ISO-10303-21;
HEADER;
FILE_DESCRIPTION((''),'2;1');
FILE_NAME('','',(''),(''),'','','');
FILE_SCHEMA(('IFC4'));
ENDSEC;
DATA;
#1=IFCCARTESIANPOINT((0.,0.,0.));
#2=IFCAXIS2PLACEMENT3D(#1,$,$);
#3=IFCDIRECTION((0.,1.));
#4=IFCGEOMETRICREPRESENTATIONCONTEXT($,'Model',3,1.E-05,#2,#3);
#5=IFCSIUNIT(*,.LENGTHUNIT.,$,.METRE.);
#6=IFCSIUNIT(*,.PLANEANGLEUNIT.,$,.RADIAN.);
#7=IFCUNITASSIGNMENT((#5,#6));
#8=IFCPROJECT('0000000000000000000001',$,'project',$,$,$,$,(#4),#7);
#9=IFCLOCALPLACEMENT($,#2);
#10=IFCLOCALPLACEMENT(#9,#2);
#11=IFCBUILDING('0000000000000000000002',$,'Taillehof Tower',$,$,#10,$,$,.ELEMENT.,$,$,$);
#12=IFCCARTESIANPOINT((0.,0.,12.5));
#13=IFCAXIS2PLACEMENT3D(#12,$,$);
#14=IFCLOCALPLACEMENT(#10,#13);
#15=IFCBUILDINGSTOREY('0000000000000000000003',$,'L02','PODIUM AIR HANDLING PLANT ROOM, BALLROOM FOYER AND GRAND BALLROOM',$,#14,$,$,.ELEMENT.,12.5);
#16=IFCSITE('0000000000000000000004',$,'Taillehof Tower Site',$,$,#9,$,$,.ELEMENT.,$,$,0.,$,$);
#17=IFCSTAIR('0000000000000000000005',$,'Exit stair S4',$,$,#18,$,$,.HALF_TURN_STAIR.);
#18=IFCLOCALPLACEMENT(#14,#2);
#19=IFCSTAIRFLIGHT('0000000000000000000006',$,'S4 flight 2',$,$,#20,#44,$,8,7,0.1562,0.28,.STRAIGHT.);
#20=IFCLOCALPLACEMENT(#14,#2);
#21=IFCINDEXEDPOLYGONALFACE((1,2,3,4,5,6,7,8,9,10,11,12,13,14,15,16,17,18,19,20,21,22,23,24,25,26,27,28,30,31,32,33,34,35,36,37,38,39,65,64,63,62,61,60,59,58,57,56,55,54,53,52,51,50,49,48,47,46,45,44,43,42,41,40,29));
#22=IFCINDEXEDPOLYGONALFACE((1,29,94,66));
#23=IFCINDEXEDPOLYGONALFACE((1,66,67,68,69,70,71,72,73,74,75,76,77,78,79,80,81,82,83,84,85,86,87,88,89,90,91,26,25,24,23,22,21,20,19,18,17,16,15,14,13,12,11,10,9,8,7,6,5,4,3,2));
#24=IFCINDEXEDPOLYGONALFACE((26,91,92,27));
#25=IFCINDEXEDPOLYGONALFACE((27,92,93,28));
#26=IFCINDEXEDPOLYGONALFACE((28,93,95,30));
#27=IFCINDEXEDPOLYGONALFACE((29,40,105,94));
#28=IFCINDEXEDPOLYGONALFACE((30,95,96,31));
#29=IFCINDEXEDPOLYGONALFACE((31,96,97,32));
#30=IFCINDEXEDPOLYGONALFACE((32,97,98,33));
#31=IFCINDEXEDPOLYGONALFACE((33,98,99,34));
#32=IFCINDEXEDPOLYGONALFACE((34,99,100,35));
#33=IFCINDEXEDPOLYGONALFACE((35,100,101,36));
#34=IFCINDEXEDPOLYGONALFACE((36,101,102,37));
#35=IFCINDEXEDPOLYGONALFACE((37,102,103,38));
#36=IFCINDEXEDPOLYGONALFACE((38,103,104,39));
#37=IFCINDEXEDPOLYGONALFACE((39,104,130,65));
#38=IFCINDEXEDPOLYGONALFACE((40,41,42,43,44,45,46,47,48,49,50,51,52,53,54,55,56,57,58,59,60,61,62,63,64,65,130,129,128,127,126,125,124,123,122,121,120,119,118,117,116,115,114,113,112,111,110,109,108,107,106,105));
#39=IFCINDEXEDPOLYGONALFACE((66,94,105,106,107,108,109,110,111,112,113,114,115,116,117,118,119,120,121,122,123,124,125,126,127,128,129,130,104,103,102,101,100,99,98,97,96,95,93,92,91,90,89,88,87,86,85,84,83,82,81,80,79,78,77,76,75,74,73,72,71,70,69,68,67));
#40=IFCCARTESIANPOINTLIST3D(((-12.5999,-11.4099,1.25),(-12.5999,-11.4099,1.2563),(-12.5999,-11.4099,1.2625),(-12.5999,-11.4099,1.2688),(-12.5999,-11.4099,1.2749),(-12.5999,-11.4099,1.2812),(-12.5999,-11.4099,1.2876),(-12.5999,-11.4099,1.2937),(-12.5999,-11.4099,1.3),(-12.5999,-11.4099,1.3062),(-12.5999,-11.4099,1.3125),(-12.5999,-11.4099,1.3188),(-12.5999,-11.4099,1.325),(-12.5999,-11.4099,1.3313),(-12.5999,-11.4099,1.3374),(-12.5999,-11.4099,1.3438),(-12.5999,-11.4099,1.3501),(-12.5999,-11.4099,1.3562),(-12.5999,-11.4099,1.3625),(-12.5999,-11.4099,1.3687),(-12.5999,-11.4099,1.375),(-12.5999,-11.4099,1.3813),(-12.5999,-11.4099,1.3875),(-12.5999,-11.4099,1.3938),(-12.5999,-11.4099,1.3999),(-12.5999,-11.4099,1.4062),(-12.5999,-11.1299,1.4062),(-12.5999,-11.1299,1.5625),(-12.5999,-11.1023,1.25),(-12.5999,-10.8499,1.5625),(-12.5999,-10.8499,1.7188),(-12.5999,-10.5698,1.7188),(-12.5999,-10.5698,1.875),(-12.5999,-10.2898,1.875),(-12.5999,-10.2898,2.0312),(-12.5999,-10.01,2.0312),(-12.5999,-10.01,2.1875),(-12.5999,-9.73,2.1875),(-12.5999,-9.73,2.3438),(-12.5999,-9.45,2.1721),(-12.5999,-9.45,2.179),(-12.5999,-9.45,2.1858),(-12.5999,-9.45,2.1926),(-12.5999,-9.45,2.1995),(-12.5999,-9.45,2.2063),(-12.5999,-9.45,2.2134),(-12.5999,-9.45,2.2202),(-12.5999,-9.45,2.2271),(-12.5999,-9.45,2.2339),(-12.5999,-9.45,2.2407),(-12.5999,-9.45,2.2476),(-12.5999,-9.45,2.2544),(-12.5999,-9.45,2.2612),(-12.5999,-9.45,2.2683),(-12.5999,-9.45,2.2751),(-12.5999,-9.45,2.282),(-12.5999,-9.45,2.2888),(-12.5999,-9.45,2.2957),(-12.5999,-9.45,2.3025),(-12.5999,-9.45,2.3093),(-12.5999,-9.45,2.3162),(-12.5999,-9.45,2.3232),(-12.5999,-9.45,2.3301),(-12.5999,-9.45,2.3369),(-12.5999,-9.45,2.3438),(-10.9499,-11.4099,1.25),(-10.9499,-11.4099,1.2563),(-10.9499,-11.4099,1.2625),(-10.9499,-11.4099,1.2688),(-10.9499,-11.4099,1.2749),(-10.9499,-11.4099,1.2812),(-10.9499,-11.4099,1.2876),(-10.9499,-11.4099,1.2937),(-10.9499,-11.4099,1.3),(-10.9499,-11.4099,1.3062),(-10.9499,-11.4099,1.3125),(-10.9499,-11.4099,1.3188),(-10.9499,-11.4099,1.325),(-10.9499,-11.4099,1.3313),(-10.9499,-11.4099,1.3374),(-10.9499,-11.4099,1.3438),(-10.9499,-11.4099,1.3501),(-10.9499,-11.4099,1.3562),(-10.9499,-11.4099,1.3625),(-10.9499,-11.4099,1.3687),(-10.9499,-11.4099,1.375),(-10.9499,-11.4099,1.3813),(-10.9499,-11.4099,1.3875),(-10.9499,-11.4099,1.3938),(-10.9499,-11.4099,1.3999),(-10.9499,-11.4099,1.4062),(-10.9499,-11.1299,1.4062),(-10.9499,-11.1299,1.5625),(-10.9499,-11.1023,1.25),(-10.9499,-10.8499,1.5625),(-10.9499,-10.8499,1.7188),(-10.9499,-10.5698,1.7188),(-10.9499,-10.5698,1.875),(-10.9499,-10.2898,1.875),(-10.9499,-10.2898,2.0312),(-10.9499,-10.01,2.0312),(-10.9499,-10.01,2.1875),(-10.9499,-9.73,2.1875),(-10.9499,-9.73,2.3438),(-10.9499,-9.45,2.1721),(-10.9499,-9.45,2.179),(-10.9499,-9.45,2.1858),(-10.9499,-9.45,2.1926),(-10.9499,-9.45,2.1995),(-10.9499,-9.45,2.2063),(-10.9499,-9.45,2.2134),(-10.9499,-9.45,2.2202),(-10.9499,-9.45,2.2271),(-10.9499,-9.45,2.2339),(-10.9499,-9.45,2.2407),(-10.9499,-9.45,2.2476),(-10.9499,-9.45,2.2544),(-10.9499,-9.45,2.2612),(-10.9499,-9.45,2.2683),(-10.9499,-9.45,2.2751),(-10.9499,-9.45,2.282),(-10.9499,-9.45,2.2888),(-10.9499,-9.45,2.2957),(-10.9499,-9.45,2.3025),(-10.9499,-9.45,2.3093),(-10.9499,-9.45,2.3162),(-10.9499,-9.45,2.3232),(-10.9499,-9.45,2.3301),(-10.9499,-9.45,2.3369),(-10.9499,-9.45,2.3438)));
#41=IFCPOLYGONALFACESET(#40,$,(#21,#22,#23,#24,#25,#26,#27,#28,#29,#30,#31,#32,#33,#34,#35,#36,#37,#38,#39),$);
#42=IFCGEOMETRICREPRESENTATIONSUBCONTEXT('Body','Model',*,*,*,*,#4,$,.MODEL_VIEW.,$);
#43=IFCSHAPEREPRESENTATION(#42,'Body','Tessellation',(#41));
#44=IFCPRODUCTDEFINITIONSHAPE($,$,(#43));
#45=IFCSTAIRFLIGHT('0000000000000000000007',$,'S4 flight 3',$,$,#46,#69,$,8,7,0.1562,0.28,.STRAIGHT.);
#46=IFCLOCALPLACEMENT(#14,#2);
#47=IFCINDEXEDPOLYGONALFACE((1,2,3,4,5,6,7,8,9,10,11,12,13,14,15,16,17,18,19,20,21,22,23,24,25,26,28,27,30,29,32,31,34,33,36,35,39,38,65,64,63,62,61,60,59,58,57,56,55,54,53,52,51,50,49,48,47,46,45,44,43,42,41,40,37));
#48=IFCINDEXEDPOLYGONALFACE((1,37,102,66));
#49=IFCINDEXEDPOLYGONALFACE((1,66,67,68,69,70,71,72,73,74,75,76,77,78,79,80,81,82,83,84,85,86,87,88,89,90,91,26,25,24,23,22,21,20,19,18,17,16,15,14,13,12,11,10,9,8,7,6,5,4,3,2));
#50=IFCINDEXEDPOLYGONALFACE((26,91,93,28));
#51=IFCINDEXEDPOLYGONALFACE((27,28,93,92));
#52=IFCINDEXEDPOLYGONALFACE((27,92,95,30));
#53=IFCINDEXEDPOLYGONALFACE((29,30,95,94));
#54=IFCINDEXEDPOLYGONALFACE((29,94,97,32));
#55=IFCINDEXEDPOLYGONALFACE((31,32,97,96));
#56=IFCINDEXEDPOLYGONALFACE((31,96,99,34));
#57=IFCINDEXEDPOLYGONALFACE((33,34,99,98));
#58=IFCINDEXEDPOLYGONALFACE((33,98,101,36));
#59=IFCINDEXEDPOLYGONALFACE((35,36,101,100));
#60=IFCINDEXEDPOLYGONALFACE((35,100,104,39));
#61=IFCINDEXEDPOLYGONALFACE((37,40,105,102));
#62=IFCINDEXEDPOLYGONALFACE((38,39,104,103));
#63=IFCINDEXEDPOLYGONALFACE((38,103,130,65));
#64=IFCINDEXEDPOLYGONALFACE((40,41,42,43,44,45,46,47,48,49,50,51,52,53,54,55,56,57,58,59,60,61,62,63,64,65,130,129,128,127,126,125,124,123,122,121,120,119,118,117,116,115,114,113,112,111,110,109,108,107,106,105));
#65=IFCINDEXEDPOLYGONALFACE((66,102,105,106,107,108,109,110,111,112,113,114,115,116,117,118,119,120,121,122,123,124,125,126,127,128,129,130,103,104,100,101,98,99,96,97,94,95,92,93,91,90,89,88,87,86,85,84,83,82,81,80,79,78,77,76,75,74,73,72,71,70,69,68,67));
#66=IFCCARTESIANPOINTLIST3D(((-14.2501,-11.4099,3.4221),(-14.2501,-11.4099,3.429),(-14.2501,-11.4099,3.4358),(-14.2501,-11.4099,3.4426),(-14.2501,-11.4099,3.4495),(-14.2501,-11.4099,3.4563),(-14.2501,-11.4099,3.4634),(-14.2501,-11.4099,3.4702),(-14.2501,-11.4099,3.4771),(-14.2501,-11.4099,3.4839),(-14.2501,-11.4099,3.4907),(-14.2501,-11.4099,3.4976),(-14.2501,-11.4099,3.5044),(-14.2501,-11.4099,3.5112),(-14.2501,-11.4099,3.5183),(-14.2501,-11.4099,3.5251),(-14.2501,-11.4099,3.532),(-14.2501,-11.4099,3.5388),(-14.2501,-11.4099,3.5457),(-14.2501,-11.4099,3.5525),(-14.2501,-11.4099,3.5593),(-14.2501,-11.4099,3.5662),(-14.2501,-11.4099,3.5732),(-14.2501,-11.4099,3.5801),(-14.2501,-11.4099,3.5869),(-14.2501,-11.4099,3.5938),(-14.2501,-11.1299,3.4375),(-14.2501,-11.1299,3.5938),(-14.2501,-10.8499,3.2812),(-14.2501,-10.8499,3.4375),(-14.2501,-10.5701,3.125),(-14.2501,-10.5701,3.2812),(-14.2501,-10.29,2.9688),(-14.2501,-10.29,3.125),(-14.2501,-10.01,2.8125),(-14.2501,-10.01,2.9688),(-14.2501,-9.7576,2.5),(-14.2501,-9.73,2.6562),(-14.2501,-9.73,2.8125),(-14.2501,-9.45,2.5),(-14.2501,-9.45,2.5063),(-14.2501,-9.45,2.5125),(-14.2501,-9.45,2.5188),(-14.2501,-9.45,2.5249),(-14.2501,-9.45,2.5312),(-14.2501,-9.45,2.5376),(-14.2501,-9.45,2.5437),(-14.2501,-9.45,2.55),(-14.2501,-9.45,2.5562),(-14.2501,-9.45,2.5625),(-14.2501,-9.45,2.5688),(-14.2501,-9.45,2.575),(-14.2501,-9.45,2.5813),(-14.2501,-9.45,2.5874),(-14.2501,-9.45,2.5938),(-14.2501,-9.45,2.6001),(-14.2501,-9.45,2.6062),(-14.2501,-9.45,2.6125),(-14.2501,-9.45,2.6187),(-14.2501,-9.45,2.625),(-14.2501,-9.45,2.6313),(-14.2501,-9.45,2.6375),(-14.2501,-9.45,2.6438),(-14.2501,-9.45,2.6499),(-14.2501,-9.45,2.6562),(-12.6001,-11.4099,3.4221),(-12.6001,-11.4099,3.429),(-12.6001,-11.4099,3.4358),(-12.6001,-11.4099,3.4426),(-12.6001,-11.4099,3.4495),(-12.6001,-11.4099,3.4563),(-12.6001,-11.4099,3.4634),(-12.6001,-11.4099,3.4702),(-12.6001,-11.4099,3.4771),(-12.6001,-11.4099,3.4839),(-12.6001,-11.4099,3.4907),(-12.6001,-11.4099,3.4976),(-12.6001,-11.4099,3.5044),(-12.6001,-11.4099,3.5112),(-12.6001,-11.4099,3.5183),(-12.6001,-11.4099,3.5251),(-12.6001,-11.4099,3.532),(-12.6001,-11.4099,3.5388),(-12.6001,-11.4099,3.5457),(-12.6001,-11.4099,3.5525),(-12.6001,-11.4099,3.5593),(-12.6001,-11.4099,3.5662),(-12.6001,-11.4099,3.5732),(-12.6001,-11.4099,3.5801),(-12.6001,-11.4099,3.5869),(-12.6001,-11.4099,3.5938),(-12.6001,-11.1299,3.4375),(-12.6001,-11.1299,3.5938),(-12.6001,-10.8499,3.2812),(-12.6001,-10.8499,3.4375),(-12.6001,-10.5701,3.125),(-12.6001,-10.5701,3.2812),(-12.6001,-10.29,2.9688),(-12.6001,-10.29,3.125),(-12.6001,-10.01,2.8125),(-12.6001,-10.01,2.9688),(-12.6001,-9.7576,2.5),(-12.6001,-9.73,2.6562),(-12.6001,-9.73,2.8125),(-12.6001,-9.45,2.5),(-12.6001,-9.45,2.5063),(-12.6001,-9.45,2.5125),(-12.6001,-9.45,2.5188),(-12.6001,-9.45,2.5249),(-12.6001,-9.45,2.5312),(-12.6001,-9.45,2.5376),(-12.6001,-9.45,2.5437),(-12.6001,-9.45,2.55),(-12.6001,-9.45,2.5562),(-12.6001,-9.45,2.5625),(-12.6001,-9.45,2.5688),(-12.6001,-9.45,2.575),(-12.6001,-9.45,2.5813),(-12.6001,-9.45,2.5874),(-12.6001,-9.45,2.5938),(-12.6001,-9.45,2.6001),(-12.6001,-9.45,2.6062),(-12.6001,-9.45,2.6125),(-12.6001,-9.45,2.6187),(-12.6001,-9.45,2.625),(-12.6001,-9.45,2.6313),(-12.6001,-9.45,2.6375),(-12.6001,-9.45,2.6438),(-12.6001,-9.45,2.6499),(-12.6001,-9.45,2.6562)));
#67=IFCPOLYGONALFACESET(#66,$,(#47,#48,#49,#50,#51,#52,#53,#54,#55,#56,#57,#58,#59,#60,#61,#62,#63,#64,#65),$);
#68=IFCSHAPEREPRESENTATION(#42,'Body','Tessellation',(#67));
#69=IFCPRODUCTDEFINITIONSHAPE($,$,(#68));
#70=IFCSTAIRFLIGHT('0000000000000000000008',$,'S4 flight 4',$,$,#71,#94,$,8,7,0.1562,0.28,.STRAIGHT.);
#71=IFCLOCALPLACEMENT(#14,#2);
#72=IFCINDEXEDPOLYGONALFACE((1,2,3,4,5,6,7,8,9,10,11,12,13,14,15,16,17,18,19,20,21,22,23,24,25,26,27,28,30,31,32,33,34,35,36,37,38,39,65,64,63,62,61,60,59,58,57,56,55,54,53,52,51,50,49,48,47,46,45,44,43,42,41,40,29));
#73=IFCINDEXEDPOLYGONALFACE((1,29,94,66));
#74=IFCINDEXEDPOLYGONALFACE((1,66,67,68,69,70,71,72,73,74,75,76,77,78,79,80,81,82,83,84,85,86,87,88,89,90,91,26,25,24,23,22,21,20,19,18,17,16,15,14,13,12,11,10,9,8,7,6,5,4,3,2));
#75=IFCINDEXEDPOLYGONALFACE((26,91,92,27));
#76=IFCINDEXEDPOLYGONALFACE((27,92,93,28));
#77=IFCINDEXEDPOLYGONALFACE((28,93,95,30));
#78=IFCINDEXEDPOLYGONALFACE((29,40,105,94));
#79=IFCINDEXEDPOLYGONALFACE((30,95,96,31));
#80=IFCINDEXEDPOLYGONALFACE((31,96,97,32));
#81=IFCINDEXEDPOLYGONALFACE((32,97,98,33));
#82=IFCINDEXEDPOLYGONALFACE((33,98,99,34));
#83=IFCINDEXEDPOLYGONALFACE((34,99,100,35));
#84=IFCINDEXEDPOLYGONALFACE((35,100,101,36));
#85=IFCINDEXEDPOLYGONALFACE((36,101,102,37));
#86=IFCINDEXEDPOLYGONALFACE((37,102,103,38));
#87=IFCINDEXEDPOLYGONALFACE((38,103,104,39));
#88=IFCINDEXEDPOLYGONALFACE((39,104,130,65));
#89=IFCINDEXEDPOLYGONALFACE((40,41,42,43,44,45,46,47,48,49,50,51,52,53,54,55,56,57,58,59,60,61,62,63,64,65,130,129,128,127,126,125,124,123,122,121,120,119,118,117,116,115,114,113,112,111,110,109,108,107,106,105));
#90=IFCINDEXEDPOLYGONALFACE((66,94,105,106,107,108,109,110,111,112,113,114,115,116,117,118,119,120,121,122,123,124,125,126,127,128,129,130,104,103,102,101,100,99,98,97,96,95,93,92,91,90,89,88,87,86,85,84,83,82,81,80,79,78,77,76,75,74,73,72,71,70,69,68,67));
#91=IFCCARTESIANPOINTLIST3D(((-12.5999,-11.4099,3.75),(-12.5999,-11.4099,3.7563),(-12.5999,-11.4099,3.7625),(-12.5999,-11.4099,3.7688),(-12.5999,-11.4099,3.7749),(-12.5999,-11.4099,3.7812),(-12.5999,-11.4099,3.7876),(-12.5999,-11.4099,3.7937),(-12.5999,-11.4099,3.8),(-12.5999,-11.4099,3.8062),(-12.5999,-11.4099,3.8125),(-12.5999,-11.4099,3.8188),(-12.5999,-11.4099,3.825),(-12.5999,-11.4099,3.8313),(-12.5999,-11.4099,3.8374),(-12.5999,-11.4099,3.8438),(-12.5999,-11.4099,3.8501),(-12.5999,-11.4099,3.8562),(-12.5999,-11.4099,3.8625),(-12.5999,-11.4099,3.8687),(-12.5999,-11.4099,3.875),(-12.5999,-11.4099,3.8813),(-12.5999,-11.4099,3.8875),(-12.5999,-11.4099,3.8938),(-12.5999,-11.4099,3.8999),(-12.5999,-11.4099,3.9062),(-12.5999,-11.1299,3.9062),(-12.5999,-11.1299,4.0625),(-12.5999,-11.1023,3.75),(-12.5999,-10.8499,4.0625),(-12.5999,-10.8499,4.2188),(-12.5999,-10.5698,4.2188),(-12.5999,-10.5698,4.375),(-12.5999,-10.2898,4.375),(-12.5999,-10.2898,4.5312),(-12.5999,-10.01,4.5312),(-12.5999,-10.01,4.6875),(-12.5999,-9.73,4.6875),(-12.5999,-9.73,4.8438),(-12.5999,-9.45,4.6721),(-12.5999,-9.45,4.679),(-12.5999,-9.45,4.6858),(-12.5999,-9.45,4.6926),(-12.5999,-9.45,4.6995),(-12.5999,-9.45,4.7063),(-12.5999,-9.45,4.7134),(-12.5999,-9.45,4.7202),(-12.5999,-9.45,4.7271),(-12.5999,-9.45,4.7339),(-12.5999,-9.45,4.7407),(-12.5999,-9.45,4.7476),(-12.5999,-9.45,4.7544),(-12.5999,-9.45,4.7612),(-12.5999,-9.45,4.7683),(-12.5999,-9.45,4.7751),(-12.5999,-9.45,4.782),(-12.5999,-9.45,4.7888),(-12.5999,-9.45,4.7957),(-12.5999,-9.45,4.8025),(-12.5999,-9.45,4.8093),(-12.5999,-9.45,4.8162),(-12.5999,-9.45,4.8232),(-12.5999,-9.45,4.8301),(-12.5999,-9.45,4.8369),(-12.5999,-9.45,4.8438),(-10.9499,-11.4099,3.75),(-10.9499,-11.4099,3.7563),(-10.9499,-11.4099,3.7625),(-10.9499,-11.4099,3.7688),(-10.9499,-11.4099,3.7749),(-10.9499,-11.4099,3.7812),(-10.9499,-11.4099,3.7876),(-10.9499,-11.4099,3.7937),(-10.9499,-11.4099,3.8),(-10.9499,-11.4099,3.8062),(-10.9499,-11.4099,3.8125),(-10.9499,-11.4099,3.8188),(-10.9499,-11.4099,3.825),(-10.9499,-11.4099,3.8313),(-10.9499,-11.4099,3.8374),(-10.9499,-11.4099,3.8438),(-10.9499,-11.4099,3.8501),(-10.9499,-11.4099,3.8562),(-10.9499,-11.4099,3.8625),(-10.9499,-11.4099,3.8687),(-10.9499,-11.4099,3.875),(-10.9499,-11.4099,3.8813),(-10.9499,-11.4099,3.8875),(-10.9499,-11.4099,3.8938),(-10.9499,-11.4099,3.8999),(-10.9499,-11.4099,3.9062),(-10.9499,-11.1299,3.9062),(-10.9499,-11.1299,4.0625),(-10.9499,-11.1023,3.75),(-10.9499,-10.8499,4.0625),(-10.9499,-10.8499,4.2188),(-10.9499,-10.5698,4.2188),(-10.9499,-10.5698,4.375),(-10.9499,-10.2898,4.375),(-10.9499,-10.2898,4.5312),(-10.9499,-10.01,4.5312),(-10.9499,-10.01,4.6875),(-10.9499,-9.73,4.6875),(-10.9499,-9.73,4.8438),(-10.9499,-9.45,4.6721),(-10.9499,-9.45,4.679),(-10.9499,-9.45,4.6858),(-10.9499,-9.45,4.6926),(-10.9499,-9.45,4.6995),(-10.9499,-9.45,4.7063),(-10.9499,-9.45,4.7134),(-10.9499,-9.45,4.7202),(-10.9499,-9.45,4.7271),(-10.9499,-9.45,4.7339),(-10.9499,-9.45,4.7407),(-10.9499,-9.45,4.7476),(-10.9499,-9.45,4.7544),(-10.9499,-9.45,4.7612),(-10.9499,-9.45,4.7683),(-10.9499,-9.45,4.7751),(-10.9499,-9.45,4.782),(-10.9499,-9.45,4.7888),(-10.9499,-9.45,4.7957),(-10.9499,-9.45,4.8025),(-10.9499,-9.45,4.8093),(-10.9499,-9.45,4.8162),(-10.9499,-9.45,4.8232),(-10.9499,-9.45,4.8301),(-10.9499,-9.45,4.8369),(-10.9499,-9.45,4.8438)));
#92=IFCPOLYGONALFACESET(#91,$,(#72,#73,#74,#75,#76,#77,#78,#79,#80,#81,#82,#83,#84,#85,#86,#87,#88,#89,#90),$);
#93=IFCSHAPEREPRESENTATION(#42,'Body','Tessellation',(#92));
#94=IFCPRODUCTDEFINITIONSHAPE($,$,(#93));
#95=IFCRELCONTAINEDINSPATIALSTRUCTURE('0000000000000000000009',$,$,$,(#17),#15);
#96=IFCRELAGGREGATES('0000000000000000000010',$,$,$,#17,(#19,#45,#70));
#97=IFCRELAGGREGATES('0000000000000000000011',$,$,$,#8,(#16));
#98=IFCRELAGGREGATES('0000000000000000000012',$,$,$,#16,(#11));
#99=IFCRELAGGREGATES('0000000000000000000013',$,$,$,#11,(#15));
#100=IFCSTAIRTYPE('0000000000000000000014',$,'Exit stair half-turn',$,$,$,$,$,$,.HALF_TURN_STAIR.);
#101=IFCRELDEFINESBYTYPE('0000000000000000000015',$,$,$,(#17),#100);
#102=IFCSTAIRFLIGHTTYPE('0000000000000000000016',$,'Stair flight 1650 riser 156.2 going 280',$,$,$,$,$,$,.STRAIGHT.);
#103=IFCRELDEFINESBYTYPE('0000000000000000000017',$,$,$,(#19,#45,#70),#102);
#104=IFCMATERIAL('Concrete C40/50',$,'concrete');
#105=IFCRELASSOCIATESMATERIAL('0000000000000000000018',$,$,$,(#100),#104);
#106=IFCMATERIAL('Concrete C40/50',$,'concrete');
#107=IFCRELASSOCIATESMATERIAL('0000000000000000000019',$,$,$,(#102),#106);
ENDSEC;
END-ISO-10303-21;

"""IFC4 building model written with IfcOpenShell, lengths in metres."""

from ifc_helpers import new_model, si_unit, direction, frame, origin, place, context, subcontext, project, spatial, polyline, outline, extrude, material, type_object, element, aggregate, save


model = new_model("IFC4")

# Units and contexts
model_context = context("Model", 3, precision=1e-05, world=origin(), true_north=direction((0.0, 1.0)))
body_context = subcontext(model_context, "Body", "Model", "MODEL_VIEW")
ifc_project = project(units=[si_unit("LENGTHUNIT", "METRE"), si_unit("PLANEANGLEUNIT", "RADIAN")], contexts=[model_context])

# Site, building, storey
site_placement = place(None, origin())
site = spatial("IfcSite", under=ifc_project, at=site_placement, Name="Taillehof Tower Site", CompositionType="ELEMENT", RefElevation=0.0)
building_placement = place(site_placement, origin())
building = spatial("IfcBuilding", under=site, at=building_placement, Name="Taillehof Tower", CompositionType="ELEMENT")
storey_placement = place(building_placement, frame((0.0, 0.0, 12.5)))
storey = spatial("IfcBuildingStorey", under=building, at=storey_placement, Name="L02", Description="PODIUM AIR HANDLING PLANT ROOM, BALLROOM FOYER AND GRAND BALLROOM", CompositionType="ELEMENT", Elevation=12.5)

# Stair, stair flights
ifc_material_1 = material(Name="Concrete C40/50", Category="concrete")
stair_type = type_object("IfcStairType", Name="Exit stair half-turn", PredefinedType="HALF_TURN_STAIR", material=ifc_material_1)
stair_placement = place(storey_placement, origin())
stair = element("IfcStair", 1, at=stair_placement, inside=storey, type_object=stair_type, Name="Exit stair S4", PredefinedType="HALF_TURN_STAIR")
ifc_material_2 = material(Name="Concrete C40/50", Category="concrete")
stair_flight_type = type_object("IfcStairFlightType", Name="Stair flight 1650 riser 156.2 going 280", PredefinedType="STRAIGHT", material=ifc_material_2)
stair_flight_1_placement = place(storey_placement, frame((-11.7749, -11.4099, 1.25), z_axis=(0.0, 0.0, 1.0), x_axis=(0.0, 1.0, 0.0)))
stair_flight_1 = element("IfcStairFlight", 2, at=stair_flight_1_placement, type_object=stair_flight_type, Name="S4 flight 2", NumberOfRisers=8, NumberOfTreads=7, PredefinedType="STRAIGHT", RiserHeight=0.1562, TreadLength=0.28, context=body_context, shape_type="SweptSolid", body=[
    extrude(outline(polyline([(0.0, 0.0), (0.0, 0.0063), (0.0, 0.0125), (0.0, 0.0188), (0.0, 0.0249), (0.0, 0.0312), (0.0, 0.0376), (0.0, 0.0437), (0.0, 0.05), (0.0, 0.0562), (0.0, 0.0625), (0.0, 0.0688), (0.0, 0.075), (0.0, 0.0813), (0.0, 0.0874), (0.0, 0.0938), (0.0, 0.1001), (0.0, 0.1062), (0.0, 0.1125), (0.0, 0.1187), (0.0, 0.125), (0.0, 0.1313), (0.0, 0.1375), (0.0, 0.1438), (0.0, 0.1499), (0.0, 0.1562), (0.28, 0.1562), (0.28, 0.3125), (0.5601, 0.3125), (0.5601, 0.4688), (0.8401, 0.4688), (0.8401, 0.625), (1.1201, 0.625), (1.1201, 0.7812), (1.3999, 0.7812), (1.3999, 0.9375), (1.6799, 0.9375), (1.6799, 1.0938), (1.96, 1.0938), (1.96, 1.0869), (1.96, 1.0801), (1.96, 1.0732), (1.96, 1.0662), (1.96, 1.0593), (1.96, 1.0525), (1.96, 1.0457), (1.96, 1.0388), (1.96, 1.032), (1.96, 1.0251), (1.96, 1.0183), (1.96, 1.0112), (1.96, 1.0044), (1.96, 0.9976), (1.96, 0.9907), (1.96, 0.9839), (1.96, 0.9771), (1.96, 0.9702), (1.96, 0.9634), (1.96, 0.9563), (1.96, 0.9495), (1.96, 0.9426), (1.96, 0.9358), (1.96, 0.929), (1.96, 0.9221), (0.3076, 0.0), (0.0, 0.0)])), frame((0.0, 0.825, 0.0), z_axis=(0.0, -1.0, 0.0), x_axis=(1.0, 0.0, 0.0)), (0.0, 0.0, 1.0), 1.65),
])
stair_flight_2_placement = place(storey_placement, frame((-13.425, -9.45, 2.5), z_axis=(0.0, 0.0, 1.0), x_axis=(0.0, -1.0, 0.0)))
stair_flight_2 = element("IfcStairFlight", 3, at=stair_flight_2_placement, type_object=stair_flight_type, Name="S4 flight 3", NumberOfRisers=8, NumberOfTreads=7, PredefinedType="STRAIGHT", RiserHeight=0.1562, TreadLength=0.28, context=body_context, shape_type="SweptSolid", body=[
    extrude(outline(polyline([(0.0, 0.0), (0.0, 0.0063), (0.0, 0.0125), (0.0, 0.0188), (0.0, 0.0249), (0.0, 0.0312), (0.0, 0.0376), (0.0, 0.0437), (0.0, 0.05), (0.0, 0.0562), (0.0, 0.0625), (0.0, 0.0688), (0.0, 0.075), (0.0, 0.0813), (0.0, 0.0874), (0.0, 0.0938), (0.0, 0.1001), (0.0, 0.1062), (0.0, 0.1125), (0.0, 0.1187), (0.0, 0.125), (0.0, 0.1313), (0.0, 0.1375), (0.0, 0.1438), (0.0, 0.1499), (0.0, 0.1562), (0.28, 0.1562), (0.28, 0.3125), (0.5601, 0.3125), (0.5601, 0.4688), (0.8401, 0.4688), (0.8401, 0.625), (1.1201, 0.625), (1.1201, 0.7812), (1.3999, 0.7812), (1.3999, 0.9375), (1.6799, 0.9375), (1.6799, 1.0938), (1.96, 1.0938), (1.96, 1.0869), (1.96, 1.0801), (1.96, 1.0732), (1.96, 1.0662), (1.96, 1.0593), (1.96, 1.0525), (1.96, 1.0457), (1.96, 1.0388), (1.96, 1.032), (1.96, 1.0251), (1.96, 1.0183), (1.96, 1.0112), (1.96, 1.0044), (1.96, 0.9976), (1.96, 0.9907), (1.96, 0.9839), (1.96, 0.9771), (1.96, 0.9702), (1.96, 0.9634), (1.96, 0.9563), (1.96, 0.9495), (1.96, 0.9426), (1.96, 0.9358), (1.96, 0.929), (1.96, 0.9221), (0.3076, 0.0), (0.0, 0.0)])), frame((0.0, 0.825, 0.0), z_axis=(0.0, -1.0, 0.0), x_axis=(1.0, 0.0, 0.0)), (0.0, 0.0, 1.0), 1.65),
])
stair_flight_3_placement = place(storey_placement, frame((-11.7749, -11.4099, 3.75), z_axis=(0.0, 0.0, 1.0), x_axis=(0.0, 1.0, 0.0)))
stair_flight_3 = element("IfcStairFlight", 4, at=stair_flight_3_placement, type_object=stair_flight_type, Name="S4 flight 4", NumberOfRisers=8, NumberOfTreads=7, PredefinedType="STRAIGHT", RiserHeight=0.1562, TreadLength=0.28, context=body_context, shape_type="SweptSolid", body=[
    extrude(outline(polyline([(0.0, 0.0), (0.0, 0.0063), (0.0, 0.0125), (0.0, 0.0188), (0.0, 0.0249), (0.0, 0.0312), (0.0, 0.0376), (0.0, 0.0437), (0.0, 0.05), (0.0, 0.0562), (0.0, 0.0625), (0.0, 0.0688), (0.0, 0.075), (0.0, 0.0813), (0.0, 0.0874), (0.0, 0.0938), (0.0, 0.1001), (0.0, 0.1062), (0.0, 0.1125), (0.0, 0.1187), (0.0, 0.125), (0.0, 0.1313), (0.0, 0.1375), (0.0, 0.1438), (0.0, 0.1499), (0.0, 0.1562), (0.28, 0.1562), (0.28, 0.3125), (0.5601, 0.3125), (0.5601, 0.4688), (0.8401, 0.4688), (0.8401, 0.625), (1.1201, 0.625), (1.1201, 0.7812), (1.3999, 0.7812), (1.3999, 0.9375), (1.6799, 0.9375), (1.6799, 1.0938), (1.96, 1.0938), (1.96, 1.0869), (1.96, 1.0801), (1.96, 1.0732), (1.96, 1.0662), (1.96, 1.0593), (1.96, 1.0525), (1.96, 1.0457), (1.96, 1.0388), (1.96, 1.032), (1.96, 1.0251), (1.96, 1.0183), (1.96, 1.0112), (1.96, 1.0044), (1.96, 0.9976), (1.96, 0.9907), (1.96, 0.9839), (1.96, 0.9771), (1.96, 0.9702), (1.96, 0.9634), (1.96, 0.9563), (1.96, 0.9495), (1.96, 0.9426), (1.96, 0.9358), (1.96, 0.929), (1.96, 0.9221), (0.3076, 0.0), (0.0, 0.0)])), frame((0.0, 0.825, 0.0), z_axis=(0.0, -1.0, 0.0), x_axis=(1.0, 0.0, 0.0)), (0.0, 0.0, 1.0), 1.65),
])
aggregate(stair, [stair_flight_1, stair_flight_2, stair_flight_3])

save(model, "model.ifc")
